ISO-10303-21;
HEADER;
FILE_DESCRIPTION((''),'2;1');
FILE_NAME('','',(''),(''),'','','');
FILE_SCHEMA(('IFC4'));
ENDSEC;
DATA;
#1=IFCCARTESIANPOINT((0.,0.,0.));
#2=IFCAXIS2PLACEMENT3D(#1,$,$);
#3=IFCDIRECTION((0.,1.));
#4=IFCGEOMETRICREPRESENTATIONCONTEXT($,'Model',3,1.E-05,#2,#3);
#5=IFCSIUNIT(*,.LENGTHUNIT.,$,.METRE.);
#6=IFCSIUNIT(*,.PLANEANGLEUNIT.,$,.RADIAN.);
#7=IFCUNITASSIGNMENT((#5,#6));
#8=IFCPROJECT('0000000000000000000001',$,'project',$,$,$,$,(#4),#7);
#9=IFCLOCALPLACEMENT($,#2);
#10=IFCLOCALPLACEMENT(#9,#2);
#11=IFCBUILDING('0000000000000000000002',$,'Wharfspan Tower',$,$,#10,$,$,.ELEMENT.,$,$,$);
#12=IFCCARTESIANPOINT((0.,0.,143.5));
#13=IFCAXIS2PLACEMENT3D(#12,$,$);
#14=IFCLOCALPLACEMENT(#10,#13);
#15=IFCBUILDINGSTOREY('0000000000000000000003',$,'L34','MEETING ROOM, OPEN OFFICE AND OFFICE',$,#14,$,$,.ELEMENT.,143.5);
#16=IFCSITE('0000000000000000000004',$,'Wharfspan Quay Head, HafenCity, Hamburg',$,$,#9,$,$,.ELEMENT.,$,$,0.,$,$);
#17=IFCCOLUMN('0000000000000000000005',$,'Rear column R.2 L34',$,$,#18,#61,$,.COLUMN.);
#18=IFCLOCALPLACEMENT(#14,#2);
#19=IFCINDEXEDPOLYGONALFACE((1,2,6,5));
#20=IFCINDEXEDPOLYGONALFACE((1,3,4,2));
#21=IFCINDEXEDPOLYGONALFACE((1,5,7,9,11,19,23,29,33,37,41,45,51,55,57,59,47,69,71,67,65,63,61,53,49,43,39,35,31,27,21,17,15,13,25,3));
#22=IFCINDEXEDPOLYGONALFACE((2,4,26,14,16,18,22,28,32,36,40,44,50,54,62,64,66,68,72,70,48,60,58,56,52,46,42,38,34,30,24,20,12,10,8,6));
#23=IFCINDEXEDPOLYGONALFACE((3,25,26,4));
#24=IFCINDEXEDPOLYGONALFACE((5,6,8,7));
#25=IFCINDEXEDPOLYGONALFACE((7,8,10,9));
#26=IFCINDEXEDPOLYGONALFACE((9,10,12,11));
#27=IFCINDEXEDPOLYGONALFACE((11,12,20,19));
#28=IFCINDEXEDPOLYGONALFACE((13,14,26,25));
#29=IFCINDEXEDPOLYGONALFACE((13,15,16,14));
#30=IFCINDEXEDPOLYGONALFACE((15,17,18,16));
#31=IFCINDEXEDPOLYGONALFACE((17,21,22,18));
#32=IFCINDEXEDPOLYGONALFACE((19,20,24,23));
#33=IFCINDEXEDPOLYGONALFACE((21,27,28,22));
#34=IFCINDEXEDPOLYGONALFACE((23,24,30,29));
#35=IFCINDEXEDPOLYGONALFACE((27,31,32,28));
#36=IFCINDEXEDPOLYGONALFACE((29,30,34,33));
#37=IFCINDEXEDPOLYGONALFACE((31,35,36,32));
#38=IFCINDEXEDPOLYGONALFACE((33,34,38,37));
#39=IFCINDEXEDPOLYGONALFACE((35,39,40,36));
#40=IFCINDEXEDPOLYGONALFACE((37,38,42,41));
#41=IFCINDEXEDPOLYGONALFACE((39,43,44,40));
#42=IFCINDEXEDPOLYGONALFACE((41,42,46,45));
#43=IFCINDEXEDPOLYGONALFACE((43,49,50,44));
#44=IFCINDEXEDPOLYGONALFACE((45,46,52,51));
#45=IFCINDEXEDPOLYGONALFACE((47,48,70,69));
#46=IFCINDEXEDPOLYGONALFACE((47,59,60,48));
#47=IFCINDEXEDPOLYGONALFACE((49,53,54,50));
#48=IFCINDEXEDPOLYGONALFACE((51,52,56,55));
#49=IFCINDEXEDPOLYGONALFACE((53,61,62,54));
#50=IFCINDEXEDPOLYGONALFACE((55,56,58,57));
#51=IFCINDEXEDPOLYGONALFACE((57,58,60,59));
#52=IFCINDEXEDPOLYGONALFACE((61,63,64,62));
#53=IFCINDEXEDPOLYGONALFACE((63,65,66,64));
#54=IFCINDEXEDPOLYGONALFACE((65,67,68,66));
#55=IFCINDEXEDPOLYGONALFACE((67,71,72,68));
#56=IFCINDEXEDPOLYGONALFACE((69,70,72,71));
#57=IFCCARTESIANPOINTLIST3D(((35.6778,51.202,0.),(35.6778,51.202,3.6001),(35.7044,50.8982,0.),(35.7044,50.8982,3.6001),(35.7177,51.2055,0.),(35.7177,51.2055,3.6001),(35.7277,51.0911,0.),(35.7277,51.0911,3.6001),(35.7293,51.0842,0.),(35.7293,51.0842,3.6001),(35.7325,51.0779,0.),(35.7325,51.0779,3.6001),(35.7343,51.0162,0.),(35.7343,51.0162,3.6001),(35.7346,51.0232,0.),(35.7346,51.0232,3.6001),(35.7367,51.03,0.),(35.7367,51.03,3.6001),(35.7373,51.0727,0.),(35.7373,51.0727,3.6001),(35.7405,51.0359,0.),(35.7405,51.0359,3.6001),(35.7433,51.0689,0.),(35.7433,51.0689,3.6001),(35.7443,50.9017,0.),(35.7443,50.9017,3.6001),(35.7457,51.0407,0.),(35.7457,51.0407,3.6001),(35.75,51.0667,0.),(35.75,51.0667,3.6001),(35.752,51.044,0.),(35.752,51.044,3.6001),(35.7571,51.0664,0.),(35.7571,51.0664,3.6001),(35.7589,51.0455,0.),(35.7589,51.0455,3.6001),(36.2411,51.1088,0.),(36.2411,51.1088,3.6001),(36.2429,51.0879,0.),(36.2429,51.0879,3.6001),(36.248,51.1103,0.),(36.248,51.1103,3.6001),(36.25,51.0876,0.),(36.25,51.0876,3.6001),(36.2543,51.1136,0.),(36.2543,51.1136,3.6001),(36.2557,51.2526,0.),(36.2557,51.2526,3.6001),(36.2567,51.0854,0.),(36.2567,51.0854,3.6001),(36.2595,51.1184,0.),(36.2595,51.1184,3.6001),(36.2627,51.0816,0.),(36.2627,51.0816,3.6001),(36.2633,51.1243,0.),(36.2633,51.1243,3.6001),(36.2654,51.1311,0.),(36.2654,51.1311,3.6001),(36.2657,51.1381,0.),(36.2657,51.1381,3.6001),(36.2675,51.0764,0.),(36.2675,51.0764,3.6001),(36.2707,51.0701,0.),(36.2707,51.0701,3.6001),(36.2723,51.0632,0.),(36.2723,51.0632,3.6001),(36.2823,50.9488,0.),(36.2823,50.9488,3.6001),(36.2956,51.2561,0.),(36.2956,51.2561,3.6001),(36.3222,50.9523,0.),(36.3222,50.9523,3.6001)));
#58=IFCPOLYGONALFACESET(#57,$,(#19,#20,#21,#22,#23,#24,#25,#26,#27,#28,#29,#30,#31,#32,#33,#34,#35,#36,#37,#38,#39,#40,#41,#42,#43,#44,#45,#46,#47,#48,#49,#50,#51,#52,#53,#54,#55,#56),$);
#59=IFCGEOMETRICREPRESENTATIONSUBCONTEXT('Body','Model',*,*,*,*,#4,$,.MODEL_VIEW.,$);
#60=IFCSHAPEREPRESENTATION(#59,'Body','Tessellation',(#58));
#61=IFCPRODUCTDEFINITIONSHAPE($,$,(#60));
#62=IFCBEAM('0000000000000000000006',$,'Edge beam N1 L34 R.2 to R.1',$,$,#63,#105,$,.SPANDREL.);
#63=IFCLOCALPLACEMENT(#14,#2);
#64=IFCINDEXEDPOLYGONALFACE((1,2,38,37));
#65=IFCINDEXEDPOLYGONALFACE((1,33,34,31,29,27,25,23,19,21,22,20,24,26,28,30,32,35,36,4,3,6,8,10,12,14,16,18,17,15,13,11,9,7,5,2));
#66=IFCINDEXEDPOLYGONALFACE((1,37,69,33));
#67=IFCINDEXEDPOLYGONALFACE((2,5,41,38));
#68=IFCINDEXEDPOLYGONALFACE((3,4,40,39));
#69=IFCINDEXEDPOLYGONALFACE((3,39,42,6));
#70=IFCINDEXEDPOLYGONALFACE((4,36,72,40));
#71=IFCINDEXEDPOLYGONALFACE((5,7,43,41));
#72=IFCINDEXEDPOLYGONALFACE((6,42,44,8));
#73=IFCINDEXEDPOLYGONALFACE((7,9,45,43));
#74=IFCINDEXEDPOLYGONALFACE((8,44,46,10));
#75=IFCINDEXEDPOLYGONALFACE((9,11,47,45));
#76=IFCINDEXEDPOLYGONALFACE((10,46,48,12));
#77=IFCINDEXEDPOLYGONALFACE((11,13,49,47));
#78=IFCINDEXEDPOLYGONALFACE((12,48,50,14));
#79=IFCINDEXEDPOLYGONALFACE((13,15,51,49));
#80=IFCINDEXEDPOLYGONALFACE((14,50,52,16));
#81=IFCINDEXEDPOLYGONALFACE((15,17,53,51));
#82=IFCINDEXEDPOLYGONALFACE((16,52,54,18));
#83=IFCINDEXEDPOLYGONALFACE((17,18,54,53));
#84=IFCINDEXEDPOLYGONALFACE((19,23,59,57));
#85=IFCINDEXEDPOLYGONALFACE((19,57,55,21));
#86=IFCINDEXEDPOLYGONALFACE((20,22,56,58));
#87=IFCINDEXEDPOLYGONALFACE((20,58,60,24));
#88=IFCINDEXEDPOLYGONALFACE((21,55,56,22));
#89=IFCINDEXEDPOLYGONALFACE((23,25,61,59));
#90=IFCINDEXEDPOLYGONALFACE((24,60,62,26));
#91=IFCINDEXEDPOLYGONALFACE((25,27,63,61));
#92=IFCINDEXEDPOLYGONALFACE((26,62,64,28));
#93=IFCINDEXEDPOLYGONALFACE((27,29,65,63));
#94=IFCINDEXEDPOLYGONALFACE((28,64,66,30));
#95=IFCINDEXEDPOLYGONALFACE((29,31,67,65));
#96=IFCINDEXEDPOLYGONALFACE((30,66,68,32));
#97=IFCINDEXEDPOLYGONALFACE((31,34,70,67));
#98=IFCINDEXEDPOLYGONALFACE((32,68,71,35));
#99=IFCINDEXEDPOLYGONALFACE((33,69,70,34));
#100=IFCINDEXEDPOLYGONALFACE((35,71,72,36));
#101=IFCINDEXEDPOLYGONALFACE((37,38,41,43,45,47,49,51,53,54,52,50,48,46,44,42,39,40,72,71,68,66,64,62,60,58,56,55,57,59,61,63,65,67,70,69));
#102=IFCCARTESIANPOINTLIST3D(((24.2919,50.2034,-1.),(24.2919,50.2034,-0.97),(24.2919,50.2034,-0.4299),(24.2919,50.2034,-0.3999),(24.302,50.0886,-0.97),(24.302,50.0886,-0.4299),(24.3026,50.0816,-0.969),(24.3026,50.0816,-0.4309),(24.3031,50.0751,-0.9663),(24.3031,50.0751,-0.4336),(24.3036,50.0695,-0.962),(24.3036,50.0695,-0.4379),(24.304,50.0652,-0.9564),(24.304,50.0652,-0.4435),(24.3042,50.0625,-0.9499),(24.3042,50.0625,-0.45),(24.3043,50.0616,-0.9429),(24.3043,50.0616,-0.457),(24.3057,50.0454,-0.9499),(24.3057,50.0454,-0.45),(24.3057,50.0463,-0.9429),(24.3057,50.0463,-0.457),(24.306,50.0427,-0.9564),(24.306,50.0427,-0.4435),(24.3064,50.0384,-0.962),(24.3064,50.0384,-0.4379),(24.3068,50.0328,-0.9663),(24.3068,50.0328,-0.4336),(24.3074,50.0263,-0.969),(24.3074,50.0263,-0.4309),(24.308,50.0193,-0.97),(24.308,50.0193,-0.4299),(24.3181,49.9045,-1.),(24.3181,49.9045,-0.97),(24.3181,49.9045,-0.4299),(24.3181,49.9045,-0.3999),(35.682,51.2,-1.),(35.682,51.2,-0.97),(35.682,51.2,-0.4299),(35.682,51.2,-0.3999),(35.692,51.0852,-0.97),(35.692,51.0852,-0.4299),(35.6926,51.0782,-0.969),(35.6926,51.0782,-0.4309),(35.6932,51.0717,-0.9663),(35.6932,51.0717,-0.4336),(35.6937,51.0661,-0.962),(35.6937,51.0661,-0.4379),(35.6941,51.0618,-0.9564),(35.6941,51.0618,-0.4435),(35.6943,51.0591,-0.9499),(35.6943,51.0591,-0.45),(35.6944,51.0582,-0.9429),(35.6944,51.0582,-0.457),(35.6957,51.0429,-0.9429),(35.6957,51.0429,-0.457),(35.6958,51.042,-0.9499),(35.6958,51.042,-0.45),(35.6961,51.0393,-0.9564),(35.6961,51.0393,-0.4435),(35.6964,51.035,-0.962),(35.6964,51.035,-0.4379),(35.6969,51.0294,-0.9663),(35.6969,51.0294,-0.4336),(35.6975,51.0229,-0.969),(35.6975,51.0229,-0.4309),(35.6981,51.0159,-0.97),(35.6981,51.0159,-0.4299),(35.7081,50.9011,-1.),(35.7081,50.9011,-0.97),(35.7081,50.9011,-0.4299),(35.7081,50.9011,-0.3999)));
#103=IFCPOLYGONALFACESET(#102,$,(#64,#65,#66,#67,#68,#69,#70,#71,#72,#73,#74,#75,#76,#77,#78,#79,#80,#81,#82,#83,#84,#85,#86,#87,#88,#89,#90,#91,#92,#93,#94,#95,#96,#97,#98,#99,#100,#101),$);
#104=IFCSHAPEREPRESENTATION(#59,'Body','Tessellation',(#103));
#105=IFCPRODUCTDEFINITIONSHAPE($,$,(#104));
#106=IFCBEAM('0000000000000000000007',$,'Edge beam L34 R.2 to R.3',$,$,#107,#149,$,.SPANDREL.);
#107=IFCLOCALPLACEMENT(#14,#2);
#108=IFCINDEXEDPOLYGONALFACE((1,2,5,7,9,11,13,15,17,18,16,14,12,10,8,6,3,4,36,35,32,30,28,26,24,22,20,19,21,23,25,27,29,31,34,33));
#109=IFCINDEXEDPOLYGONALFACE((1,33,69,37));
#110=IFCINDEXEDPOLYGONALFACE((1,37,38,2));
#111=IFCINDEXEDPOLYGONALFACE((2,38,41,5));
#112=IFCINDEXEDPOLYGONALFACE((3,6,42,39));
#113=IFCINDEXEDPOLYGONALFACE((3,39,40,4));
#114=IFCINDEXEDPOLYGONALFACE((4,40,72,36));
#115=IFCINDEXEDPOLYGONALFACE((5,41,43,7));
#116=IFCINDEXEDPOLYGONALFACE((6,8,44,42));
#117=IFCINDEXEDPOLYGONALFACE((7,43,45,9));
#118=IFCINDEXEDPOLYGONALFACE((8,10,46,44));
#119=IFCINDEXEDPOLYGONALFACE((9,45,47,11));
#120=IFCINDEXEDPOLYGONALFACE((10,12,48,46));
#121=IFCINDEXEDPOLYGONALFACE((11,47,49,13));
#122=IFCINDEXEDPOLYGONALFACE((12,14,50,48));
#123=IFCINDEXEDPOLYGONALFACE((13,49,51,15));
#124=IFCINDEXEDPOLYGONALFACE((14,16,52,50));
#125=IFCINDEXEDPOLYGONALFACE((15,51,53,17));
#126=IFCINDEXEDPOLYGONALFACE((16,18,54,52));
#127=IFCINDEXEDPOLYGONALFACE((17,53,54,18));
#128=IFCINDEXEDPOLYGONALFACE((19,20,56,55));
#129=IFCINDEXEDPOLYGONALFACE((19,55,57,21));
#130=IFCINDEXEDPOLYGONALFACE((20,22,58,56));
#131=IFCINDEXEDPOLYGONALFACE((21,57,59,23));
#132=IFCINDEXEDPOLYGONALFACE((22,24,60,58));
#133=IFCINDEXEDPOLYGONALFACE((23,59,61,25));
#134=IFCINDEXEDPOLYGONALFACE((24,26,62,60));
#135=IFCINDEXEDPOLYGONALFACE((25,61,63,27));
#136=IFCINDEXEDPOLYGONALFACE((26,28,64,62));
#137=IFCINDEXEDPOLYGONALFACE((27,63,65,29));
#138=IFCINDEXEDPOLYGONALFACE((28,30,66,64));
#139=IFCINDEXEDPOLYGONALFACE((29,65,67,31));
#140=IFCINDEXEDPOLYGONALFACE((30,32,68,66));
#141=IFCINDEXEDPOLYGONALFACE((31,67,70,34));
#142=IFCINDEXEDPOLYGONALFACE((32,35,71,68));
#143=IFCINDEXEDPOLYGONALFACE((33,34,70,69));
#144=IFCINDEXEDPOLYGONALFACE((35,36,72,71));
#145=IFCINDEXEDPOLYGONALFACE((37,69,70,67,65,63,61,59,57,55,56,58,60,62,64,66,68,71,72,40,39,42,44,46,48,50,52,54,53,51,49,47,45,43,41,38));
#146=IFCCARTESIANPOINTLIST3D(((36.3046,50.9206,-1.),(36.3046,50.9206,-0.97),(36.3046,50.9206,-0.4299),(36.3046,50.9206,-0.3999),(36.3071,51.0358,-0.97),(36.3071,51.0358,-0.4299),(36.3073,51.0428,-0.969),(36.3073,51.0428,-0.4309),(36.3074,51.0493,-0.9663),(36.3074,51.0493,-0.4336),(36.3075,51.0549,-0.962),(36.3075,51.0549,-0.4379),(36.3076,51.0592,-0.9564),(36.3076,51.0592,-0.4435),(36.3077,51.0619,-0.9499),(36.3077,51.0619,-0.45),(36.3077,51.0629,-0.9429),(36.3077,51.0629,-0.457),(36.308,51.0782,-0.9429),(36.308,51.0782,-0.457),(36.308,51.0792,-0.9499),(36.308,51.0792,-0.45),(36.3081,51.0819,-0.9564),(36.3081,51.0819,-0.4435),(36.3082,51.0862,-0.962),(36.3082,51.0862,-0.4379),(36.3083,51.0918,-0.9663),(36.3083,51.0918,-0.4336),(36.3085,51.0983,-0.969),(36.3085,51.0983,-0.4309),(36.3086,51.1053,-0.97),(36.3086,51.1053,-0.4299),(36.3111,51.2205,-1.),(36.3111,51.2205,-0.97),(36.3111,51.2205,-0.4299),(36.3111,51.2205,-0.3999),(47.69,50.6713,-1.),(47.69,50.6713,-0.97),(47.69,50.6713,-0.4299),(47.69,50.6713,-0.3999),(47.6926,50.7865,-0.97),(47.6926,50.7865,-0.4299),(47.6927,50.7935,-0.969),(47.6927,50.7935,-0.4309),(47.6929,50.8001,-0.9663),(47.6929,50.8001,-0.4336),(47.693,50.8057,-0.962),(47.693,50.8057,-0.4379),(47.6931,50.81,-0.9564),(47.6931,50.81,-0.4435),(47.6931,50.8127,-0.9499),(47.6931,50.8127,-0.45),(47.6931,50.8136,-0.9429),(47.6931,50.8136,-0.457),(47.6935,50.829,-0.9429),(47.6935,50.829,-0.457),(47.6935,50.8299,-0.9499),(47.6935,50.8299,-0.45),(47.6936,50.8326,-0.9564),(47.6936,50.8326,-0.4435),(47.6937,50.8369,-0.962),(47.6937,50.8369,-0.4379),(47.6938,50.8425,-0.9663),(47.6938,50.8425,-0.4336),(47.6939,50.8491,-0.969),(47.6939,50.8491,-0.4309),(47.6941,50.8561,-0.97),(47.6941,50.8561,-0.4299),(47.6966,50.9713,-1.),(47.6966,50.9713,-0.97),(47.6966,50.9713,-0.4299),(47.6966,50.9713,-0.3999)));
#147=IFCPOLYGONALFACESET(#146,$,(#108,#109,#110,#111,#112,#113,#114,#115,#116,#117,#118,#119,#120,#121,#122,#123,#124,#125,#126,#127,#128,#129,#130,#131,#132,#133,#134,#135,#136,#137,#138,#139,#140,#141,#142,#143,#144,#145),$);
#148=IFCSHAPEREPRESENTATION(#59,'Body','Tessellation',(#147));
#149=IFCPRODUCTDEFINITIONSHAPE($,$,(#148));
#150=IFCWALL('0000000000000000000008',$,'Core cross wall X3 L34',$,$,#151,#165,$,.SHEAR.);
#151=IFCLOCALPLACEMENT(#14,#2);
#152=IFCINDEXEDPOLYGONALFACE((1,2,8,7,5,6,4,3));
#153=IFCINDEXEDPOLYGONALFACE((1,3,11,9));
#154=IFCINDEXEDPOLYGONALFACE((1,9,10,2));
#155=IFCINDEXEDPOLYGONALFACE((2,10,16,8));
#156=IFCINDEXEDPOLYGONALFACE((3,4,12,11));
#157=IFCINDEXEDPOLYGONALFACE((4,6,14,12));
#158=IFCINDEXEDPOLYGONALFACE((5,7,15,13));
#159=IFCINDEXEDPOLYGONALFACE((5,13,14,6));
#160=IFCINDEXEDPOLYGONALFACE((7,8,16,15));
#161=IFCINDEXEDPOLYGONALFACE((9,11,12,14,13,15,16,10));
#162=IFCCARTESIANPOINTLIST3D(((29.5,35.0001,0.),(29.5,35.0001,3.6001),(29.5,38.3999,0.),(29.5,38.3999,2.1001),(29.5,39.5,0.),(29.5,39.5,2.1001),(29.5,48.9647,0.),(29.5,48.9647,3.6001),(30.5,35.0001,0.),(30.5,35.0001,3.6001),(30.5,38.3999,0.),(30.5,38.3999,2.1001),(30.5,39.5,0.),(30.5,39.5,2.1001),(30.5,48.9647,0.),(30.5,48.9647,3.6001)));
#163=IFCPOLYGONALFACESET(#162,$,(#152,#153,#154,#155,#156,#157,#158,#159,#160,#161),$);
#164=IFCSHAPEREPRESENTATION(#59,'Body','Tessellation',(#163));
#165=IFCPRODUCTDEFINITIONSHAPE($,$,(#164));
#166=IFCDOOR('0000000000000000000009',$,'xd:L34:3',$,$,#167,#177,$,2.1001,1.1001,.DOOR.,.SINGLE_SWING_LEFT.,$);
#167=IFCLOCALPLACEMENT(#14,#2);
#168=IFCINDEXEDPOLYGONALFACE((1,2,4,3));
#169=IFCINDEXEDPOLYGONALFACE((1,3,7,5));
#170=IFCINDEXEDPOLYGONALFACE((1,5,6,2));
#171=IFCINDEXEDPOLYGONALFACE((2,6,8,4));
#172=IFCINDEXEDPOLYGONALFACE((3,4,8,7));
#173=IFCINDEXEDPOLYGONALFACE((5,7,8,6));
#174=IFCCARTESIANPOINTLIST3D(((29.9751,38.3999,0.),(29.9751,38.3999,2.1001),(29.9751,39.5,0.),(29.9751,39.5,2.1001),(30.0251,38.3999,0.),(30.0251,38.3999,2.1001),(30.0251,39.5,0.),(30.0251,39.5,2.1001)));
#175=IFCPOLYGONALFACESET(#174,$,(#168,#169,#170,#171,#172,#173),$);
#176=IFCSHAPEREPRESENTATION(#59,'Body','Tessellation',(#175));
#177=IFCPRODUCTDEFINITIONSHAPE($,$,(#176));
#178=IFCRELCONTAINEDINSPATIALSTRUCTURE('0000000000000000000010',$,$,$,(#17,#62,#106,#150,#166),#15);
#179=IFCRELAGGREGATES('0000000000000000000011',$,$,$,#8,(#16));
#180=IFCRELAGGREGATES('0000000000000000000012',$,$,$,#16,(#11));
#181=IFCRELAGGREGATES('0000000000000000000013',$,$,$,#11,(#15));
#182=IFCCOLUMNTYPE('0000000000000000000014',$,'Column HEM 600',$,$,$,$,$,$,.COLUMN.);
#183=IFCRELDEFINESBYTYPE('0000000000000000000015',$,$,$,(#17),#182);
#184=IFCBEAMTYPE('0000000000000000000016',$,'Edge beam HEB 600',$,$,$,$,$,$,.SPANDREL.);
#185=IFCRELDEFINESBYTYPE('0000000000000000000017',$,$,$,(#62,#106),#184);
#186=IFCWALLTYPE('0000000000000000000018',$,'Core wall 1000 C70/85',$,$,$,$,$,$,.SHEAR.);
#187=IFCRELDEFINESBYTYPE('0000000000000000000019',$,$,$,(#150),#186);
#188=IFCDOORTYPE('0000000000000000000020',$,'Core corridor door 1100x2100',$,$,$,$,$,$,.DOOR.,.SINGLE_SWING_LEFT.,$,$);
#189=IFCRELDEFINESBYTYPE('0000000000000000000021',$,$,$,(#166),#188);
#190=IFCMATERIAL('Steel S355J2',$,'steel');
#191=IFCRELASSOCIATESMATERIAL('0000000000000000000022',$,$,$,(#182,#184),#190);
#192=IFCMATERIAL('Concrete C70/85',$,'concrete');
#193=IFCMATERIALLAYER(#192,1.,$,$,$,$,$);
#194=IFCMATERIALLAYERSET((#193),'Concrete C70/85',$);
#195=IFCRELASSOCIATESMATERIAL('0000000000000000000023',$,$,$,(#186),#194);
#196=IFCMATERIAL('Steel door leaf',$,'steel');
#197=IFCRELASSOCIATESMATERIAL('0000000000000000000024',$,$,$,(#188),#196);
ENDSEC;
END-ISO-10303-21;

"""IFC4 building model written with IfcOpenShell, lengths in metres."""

from ifc_helpers import new_model, si_unit, direction, frame, frame_2d, origin, origin_2d, place, context, subcontext, project, spatial, rectangle, i_section, extrude, material, layer, layer_set, material_profile, profile_set, type_object, element, fill, save


model = new_model("IFC4")

# Units and contexts
model_context = context("Model", 3, precision=1e-05, world=origin(), true_north=direction((0.0, 1.0)))
body_context = subcontext(model_context, "Body", "Model", "MODEL_VIEW")
ifc_project = project(units=[si_unit("LENGTHUNIT", "METRE"), si_unit("PLANEANGLEUNIT", "RADIAN")], contexts=[model_context])

# Site, building, storey
site_placement = place(None, origin())
site = spatial("IfcSite", under=ifc_project, at=site_placement, Name="Wharfspan Quay Head, HafenCity, Hamburg", CompositionType="ELEMENT", RefElevation=0.0)
building_placement = place(site_placement, origin())
building = spatial("IfcBuilding", under=site, at=building_placement, Name="Wharfspan Tower", CompositionType="ELEMENT")
storey_placement = place(building_placement, frame((0.0, 0.0, 143.5)))
storey = spatial("IfcBuildingStorey", under=building, at=storey_placement, Name="L34", Description="MEETING ROOM, OPEN OFFICE AND OFFICE", CompositionType="ELEMENT", Elevation=143.5)

# Column
ifc_material_1 = material(Name="Steel S355J2", Category="steel")
ifc_material_profile_1 = material_profile(ifc_material_1, i_section(OverallWidth=0.3049, OverallDepth=0.6201, WebThickness=0.021, FlangeThickness=0.04, FilletRadius=0.0271, at=origin_2d()))
ifc_profile_set_1 = profile_set([ifc_material_profile_1], Name="Steel S355J2")
column_type = type_object("IfcColumnType", Name="Column HEM 600", PredefinedType="COLUMN", material=ifc_profile_set_1)
column_placement = place(storey_placement, frame((36.0, 51.0771, 0.0), z_axis=(0.0, 0.0, 1.0), x_axis=(-0.087156, 0.996198, 0.0)))
element("IfcColumn", 1, at=column_placement, inside=storey, type_object=column_type, Name="Rear column R.2 L34", PredefinedType="COLUMN", context=body_context, shape_type="SweptSolid", body=[
    extrude(i_section(OverallWidth=0.3049, OverallDepth=0.6201, WebThickness=0.021, FlangeThickness=0.04, FilletRadius=0.0271, at=origin_2d()), origin(), (0.0, 0.0, 1.0), 3.6001),
])

# Beams
ifc_material_profile_2 = material_profile(ifc_material_1, i_section(OverallWidth=0.3, OverallDepth=0.6001, WebThickness=0.0154, FlangeThickness=0.03, FilletRadius=0.0271, at=origin_2d()))
ifc_profile_set_2 = profile_set([ifc_material_profile_2], Name="Steel S355J2")
beam_type = type_object("IfcBeamType", Name="Edge beam HEB 600", PredefinedType="SPANDREL", material=ifc_profile_set_2)
beam_1_placement = place(storey_placement, frame((35.6951, 51.0505, -0.7), z_axis=(-0.996194, -0.087162, 0.0), x_axis=(0.087162, -0.996194, 0.0)))
element("IfcBeam", 2, at=beam_1_placement, inside=storey, type_object=beam_type, Name="Edge beam N1 L34 R.2 to R.1", PredefinedType="SPANDREL", context=body_context, shape_type="SweptSolid", body=[
    extrude(i_section(OverallWidth=0.3, OverallDepth=0.6001, WebThickness=0.0154, FlangeThickness=0.03, FilletRadius=0.0271, at=origin_2d()), origin(), (0.0, 0.0, 1.0), 11.4336),
])
beam_2_placement = place(storey_placement, frame((36.3079, 51.0706, -0.7), z_axis=(0.99976, -0.021888, 0.0), x_axis=(0.021888, 0.99976, 0.0)))
element("IfcBeam", 3, at=beam_2_placement, inside=storey, type_object=beam_type, Name="Edge beam L34 R.2 to R.3", PredefinedType="SPANDREL", context=body_context, shape_type="SweptSolid", body=[
    extrude(i_section(OverallWidth=0.3, OverallDepth=0.6001, WebThickness=0.0154, FlangeThickness=0.03, FilletRadius=0.0271, at=origin_2d()), origin(), (0.0, 0.0, 1.0), 11.3882),
])

# Wall, opening, door
ifc_material_2 = material(Name="Concrete C70/85", Category="concrete")
ifc_layer_1 = layer(ifc_material_2, 1.0)
ifc_layer_set_1 = layer_set([ifc_layer_1], Name="Concrete C70/85")
wall_type_1 = type_object("IfcWallType", Name="Core wall 1000 C70/85", PredefinedType="SHEAR", material=ifc_layer_set_1)
wall_1_placement = place(storey_placement, frame((30.0, 35.0, 0.0), z_axis=(0.0, 0.0, 1.0), x_axis=(0.0, 1.0, 0.0)))
wall_1 = element("IfcWall", 4, at=wall_1_placement, inside=storey, type_object=wall_type_1, Name="Core cross wall X3 L34", PredefinedType="SHEAR", context=body_context, shape_type="SweptSolid", body=[
    extrude(rectangle(XDim=13.9646, YDim=1.0, at=frame_2d((6.9824, 0.0))), origin(), (0.0, 0.0, 1.0), 3.6001),
])
opening_1_placement = place(wall_1_placement, frame((3.3999, 0.0, 0.0)))
opening_1 = element("IfcOpeningElement", 5, at=opening_1_placement, cuts=wall_1, PredefinedType="OPENING", context=body_context, shape_type="SweptSolid", body=[
    extrude(rectangle(XDim=1.1001, YDim=2.1001, at=frame_2d((0.55, 1.05))), frame((0.0, 0.51, 0.0), z_axis=(0.0, -1.0, 0.0), x_axis=(1.0, 0.0, 0.0)), (0.0, 0.0, 1.0), 1.02),
])
ifc_material_3 = material(Name="Steel door leaf", Category="steel")
door_type_1 = type_object("IfcDoorType", Name="Core corridor door 1100x2100", OperationType="SINGLE_SWING_LEFT", PredefinedType="DOOR", material=ifc_material_3)
door_1_placement = place(opening_1_placement, origin())
door_1 = element("IfcDoor", 6, at=door_1_placement, inside=storey, type_object=door_type_1, Name="xd:L34:3", OperationType="SINGLE_SWING_LEFT", OverallHeight=2.1001, OverallWidth=1.1001, PredefinedType="DOOR", context=body_context, shape_type="SweptSolid", body=[
    extrude(rectangle(XDim=1.1001, YDim=2.1001, at=frame_2d((0.55, 1.05))), frame((0.0, 0.0249, 0.0), z_axis=(0.0, -1.0, 0.0), x_axis=(1.0, 0.0, 0.0)), (0.0, 0.0, 1.0), 0.05),
])
fill(opening_1, door_1)

save(model, "model.ifc")
